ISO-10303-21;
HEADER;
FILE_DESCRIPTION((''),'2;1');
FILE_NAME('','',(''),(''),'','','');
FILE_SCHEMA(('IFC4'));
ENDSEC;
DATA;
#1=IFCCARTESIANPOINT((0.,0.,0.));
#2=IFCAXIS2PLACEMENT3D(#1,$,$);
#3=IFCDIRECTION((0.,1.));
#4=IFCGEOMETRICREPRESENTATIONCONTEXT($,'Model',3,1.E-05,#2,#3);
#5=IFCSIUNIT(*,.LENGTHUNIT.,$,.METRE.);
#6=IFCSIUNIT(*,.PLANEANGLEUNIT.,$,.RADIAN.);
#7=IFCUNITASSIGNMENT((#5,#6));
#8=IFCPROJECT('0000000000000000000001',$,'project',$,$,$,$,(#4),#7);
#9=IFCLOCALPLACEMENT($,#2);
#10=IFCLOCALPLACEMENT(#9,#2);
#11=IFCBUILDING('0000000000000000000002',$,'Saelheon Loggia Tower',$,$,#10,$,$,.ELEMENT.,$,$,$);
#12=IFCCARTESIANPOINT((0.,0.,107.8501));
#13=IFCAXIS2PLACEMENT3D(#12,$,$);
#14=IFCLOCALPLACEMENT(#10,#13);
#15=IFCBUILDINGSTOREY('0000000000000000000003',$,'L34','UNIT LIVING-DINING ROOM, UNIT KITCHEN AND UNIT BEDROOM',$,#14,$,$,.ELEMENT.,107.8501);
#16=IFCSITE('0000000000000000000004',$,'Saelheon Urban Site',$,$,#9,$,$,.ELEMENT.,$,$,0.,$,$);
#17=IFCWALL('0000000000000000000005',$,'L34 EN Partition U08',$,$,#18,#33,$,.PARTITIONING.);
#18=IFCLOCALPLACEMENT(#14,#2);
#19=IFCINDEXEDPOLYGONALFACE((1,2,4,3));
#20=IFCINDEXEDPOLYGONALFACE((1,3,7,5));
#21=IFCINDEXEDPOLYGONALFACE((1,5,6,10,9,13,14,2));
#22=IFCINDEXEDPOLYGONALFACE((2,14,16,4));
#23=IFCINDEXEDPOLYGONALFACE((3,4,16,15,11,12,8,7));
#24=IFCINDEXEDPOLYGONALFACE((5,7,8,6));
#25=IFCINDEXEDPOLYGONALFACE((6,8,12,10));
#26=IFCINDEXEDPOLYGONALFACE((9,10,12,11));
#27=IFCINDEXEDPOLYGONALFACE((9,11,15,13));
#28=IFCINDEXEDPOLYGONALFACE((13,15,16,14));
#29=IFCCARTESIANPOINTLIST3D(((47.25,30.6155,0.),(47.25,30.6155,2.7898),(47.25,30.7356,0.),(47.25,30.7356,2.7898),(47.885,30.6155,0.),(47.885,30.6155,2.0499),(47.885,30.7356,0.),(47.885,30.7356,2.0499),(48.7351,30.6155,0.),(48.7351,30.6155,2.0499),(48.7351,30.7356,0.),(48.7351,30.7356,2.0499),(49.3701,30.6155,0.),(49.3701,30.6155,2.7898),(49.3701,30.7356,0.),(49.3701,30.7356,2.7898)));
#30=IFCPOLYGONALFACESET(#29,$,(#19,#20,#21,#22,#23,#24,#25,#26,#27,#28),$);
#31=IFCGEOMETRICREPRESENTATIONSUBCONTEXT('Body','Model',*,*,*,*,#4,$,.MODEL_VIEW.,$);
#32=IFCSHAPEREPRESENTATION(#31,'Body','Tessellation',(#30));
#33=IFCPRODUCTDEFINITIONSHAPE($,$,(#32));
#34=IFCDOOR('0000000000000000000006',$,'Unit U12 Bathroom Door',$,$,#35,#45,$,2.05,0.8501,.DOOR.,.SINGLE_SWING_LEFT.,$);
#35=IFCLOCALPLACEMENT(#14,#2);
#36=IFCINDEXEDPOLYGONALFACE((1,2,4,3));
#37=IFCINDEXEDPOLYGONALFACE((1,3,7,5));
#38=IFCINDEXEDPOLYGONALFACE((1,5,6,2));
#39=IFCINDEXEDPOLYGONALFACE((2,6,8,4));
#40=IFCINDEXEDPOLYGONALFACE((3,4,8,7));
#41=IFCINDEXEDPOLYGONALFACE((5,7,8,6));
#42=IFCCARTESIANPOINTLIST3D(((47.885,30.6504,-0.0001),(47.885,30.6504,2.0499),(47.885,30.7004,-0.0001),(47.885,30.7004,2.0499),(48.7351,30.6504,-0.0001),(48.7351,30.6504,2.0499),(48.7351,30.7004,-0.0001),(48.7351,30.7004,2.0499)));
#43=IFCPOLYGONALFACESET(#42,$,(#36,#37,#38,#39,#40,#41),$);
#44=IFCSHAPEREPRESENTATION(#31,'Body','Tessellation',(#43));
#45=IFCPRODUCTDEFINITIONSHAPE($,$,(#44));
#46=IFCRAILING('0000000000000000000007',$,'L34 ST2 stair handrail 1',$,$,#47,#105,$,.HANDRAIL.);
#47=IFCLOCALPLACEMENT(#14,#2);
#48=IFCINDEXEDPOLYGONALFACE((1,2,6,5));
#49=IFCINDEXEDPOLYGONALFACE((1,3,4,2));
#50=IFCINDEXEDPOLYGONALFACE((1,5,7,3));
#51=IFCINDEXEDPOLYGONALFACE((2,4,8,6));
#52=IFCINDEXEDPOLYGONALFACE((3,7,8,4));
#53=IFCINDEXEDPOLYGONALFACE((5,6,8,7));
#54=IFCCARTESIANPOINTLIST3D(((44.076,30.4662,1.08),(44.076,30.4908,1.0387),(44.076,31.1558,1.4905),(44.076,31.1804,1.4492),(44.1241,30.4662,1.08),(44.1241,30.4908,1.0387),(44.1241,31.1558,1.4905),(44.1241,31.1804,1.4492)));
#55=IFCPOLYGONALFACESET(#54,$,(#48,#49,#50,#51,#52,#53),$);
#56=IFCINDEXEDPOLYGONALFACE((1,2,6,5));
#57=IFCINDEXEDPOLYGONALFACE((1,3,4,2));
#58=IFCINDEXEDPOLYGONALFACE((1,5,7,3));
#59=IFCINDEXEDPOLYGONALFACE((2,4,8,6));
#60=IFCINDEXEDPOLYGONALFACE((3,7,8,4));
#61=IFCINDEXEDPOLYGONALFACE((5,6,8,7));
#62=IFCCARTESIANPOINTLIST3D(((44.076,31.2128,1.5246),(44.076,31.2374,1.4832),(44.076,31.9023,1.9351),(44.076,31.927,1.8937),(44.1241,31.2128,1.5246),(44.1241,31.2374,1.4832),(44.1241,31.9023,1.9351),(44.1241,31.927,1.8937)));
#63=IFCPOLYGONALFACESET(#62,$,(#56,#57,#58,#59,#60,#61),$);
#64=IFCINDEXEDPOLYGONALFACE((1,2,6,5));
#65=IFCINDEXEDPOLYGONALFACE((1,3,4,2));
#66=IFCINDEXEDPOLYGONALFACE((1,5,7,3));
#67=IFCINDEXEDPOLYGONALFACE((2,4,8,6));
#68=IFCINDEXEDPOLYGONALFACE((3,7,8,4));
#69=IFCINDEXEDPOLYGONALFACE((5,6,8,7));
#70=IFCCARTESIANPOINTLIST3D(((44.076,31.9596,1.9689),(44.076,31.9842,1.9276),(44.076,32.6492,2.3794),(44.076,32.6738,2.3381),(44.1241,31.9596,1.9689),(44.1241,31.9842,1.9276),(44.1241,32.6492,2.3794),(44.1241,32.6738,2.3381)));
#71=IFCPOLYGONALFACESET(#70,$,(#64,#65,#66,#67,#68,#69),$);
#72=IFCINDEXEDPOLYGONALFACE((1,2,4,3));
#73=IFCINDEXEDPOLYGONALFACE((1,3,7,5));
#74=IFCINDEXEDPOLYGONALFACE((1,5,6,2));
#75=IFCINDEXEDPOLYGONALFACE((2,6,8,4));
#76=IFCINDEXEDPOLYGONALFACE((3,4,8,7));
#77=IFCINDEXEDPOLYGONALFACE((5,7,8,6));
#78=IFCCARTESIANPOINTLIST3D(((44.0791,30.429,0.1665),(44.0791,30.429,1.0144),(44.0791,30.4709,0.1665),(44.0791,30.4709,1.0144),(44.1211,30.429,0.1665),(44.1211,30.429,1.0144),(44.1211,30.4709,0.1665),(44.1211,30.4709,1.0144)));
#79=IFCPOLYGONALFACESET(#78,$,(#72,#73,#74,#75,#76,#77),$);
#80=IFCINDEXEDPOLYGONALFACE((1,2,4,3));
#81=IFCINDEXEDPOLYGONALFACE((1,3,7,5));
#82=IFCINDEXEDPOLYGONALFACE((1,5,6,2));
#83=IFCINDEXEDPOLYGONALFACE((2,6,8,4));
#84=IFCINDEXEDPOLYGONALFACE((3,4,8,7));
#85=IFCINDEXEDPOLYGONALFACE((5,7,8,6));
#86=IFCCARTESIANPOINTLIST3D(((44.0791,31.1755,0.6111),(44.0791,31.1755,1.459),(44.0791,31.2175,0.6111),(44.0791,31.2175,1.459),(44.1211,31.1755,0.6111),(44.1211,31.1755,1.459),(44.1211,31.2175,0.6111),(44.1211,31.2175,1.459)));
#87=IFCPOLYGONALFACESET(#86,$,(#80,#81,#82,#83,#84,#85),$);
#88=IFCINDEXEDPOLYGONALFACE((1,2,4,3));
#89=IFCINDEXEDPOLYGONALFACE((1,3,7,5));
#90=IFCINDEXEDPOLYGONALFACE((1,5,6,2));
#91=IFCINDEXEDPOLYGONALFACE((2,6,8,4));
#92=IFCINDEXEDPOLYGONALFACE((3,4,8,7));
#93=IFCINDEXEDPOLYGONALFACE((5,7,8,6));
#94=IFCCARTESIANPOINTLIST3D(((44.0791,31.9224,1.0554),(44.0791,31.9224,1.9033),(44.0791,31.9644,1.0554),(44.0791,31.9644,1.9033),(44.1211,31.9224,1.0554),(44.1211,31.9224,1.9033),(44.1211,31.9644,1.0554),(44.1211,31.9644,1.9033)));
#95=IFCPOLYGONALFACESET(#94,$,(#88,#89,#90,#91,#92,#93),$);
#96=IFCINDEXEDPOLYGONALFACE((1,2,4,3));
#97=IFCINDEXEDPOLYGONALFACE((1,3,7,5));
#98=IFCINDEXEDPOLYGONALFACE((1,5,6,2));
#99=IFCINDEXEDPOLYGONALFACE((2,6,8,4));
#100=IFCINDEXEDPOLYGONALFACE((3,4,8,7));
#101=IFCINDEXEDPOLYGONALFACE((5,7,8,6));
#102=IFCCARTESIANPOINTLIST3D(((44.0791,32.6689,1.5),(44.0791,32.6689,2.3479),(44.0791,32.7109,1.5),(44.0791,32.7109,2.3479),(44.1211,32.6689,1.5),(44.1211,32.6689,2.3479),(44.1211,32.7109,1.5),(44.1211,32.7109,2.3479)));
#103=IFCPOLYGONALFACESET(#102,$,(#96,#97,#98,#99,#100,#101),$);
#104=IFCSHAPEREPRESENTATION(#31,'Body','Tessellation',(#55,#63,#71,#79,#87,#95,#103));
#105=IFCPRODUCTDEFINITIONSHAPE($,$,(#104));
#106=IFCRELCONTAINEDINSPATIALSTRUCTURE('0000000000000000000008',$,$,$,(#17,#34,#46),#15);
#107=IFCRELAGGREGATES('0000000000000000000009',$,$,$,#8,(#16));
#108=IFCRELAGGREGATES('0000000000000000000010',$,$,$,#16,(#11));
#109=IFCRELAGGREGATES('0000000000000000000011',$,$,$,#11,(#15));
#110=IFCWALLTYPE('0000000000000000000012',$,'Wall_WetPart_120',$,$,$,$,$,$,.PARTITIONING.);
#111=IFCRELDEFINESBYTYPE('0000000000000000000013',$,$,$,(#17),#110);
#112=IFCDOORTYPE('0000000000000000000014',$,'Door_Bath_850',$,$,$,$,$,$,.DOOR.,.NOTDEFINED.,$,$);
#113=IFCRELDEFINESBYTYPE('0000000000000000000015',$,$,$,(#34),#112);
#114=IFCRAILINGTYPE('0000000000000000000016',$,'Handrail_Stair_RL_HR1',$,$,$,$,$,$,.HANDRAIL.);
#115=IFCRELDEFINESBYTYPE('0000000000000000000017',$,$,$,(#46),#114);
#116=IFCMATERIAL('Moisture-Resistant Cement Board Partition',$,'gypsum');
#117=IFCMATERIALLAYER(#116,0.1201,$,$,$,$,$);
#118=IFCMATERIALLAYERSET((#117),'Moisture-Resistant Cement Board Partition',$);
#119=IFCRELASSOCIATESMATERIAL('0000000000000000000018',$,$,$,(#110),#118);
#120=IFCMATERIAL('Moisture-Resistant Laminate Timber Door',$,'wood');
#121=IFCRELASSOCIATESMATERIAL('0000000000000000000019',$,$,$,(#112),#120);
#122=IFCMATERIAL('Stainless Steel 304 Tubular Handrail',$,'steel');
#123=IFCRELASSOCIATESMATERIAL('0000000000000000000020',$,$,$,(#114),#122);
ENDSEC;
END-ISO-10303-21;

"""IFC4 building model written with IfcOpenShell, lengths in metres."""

from ifc_helpers import new_model, si_unit, direction, frame, frame_2d, origin, origin_2d, place, context, subcontext, project, spatial, rectangle, extrude, source, transform, mapped, material, layer, layer_set, type_object, element, fill, save


model = new_model("IFC4")

# Units and contexts
model_context = context("Model", 3, precision=1e-05, world=origin(), true_north=direction((0.0, 1.0)))
body_context = subcontext(model_context, "Body", "Model", "MODEL_VIEW")
ifc_project = project(units=[si_unit("LENGTHUNIT", "METRE"), si_unit("PLANEANGLEUNIT", "RADIAN")], contexts=[model_context])

# Site, building, storey
site_placement = place(None, origin())
site = spatial("IfcSite", under=ifc_project, at=site_placement, Name="Saelheon Urban Site", CompositionType="ELEMENT", RefElevation=0.0)
building_placement = place(site_placement, origin())
building = spatial("IfcBuilding", under=site, at=building_placement, Name="Saelheon Loggia Tower", CompositionType="ELEMENT")
storey_placement = place(building_placement, frame((0.0, 0.0, 107.8501)))
storey = spatial("IfcBuildingStorey", under=building, at=storey_placement, Name="L34", Description="UNIT LIVING-DINING ROOM, UNIT KITCHEN AND UNIT BEDROOM", CompositionType="ELEMENT", Elevation=107.8501)

# Shared definitions
ifc_material_1 = material(Name="Moisture-Resistant Cement Board Partition", Category="gypsum")
ifc_layer_1 = layer(ifc_material_1, 0.1201)
ifc_layer_set_1 = layer_set([ifc_layer_1], Name="Moisture-Resistant Cement Board Partition")
wall_type_1 = type_object("IfcWallType", Name="Wall_WetPart_120", PredefinedType="PARTITIONING", material=ifc_layer_set_1)

# Wall, opening, door
wall_1_placement = place(storey_placement, frame((47.25, 30.6755, 0.0), z_axis=(0.0, 0.0, 1.0), x_axis=(1.0, 0.0, 0.0)))
wall_1 = element("IfcWall", 1, at=wall_1_placement, inside=storey, type_object=wall_type_1, Name="L34 EN Partition U08", PredefinedType="PARTITIONING", context=body_context, shape_type="SweptSolid", body=[
    extrude(rectangle(XDim=2.1201, YDim=0.1201, at=frame_2d((1.0601, 0.0))), origin(), (0.0, 0.0, 1.0), 2.7898),
])
opening_1_placement = place(wall_1_placement, frame((0.635, 0.0, 0.0)))
opening_1 = element("IfcOpeningElement", 2, at=opening_1_placement, cuts=wall_1, PredefinedType="OPENING", context=body_context, shape_type="SweptSolid", body=[
    extrude(rectangle(XDim=0.8501, YDim=2.05, at=frame_2d((0.425, 1.0249))), frame((0.0, 0.072, 0.0), z_axis=(0.0, -1.0, 0.0), x_axis=(1.0, 0.0, 0.0)), (0.0, 0.0, 1.0), 0.144),
])
ifc_material_2 = material(Name="Moisture-Resistant Laminate Timber Door", Category="wood")
door_type_1 = type_object("IfcDoorType", Name="Door_Bath_850", OperationType="NOTDEFINED", PredefinedType="DOOR", material=ifc_material_2)
shared_shape_1 = source(origin(), body_context, "Body", "SweptSolid", [
    extrude(rectangle(XDim=0.8501, YDim=2.05, at=frame_2d((0.425, 1.0249))), frame((0.0, 0.0249, 0.0), z_axis=(0.0, -1.0, 0.0), x_axis=(1.0, 0.0, 0.0)), (0.0, 0.0, 1.0), 0.05),
])
door_1_placement = place(opening_1_placement, origin())
door_1 = element("IfcDoor", 3, at=door_1_placement, inside=storey, type_object=door_type_1, Name="Unit U12 Bathroom Door", OperationType="SINGLE_SWING_LEFT", OverallHeight=2.05, OverallWidth=0.8501, PredefinedType="DOOR", context=body_context, shape_type="MappedRepresentation", body=[
    mapped(shared_shape_1, transform((0.0, 0.0, 0.0), scale=1.0)),
])
fill(opening_1, door_1)

# Railing
ifc_material_3 = material(Name="Stainless Steel 304 Tubular Handrail", Category="steel")
railing_type = type_object("IfcRailingType", Name="Handrail_Stair_RL_HR1", PredefinedType="HANDRAIL", material=ifc_material_3)
railing_placement = place(storey_placement, frame((44.1001, 30.45, 0.1665)))
element("IfcRailing", 4, at=railing_placement, inside=storey, type_object=railing_type, Name="L34 ST2 stair handrail 1", PredefinedType="HANDRAIL", context=body_context, shape_type="SweptSolid", body=[
    extrude(rectangle(XDim=0.0481, YDim=0.0481, at=origin_2d()), frame((0.0, 0.0286, 0.8928), z_axis=(0.0, 0.859264, 0.511532), x_axis=(-1.0, 0.0, 0.0)), (0.0, 0.0, 1.0), 0.8025),
    extrude(rectangle(XDim=0.0481, YDim=0.0481, at=origin_2d()), frame((0.0, 0.7751, 1.3374), z_axis=(0.0, 0.859264, 0.511532), x_axis=(-1.0, 0.0, 0.0)), (0.0, 0.0, 1.0), 0.8025),
    extrude(rectangle(XDim=0.0481, YDim=0.0481, at=origin_2d()), frame((0.0, 1.522, 1.7817), z_axis=(0.0, 0.859264, 0.511532), x_axis=(-1.0, 0.0, 0.0)), (0.0, 0.0, 1.0), 0.8025),
    extrude(rectangle(XDim=0.042, YDim=0.042, at=origin_2d()), origin(), (0.0, 0.0, 1.0), 0.8479),
    extrude(rectangle(XDim=0.042, YDim=0.042, at=origin_2d()), frame((0.0, 0.7466, 0.4446)), (0.0, 0.0, 1.0), 0.8479),
    extrude(rectangle(XDim=0.042, YDim=0.042, at=origin_2d()), frame((0.0, 1.4934, 0.8889)), (0.0, 0.0, 1.0), 0.8479),
    extrude(rectangle(XDim=0.042, YDim=0.042, at=origin_2d()), frame((0.0, 2.24, 1.3335)), (0.0, 0.0, 1.0), 0.8479),
])

save(model, "model.ifc")
